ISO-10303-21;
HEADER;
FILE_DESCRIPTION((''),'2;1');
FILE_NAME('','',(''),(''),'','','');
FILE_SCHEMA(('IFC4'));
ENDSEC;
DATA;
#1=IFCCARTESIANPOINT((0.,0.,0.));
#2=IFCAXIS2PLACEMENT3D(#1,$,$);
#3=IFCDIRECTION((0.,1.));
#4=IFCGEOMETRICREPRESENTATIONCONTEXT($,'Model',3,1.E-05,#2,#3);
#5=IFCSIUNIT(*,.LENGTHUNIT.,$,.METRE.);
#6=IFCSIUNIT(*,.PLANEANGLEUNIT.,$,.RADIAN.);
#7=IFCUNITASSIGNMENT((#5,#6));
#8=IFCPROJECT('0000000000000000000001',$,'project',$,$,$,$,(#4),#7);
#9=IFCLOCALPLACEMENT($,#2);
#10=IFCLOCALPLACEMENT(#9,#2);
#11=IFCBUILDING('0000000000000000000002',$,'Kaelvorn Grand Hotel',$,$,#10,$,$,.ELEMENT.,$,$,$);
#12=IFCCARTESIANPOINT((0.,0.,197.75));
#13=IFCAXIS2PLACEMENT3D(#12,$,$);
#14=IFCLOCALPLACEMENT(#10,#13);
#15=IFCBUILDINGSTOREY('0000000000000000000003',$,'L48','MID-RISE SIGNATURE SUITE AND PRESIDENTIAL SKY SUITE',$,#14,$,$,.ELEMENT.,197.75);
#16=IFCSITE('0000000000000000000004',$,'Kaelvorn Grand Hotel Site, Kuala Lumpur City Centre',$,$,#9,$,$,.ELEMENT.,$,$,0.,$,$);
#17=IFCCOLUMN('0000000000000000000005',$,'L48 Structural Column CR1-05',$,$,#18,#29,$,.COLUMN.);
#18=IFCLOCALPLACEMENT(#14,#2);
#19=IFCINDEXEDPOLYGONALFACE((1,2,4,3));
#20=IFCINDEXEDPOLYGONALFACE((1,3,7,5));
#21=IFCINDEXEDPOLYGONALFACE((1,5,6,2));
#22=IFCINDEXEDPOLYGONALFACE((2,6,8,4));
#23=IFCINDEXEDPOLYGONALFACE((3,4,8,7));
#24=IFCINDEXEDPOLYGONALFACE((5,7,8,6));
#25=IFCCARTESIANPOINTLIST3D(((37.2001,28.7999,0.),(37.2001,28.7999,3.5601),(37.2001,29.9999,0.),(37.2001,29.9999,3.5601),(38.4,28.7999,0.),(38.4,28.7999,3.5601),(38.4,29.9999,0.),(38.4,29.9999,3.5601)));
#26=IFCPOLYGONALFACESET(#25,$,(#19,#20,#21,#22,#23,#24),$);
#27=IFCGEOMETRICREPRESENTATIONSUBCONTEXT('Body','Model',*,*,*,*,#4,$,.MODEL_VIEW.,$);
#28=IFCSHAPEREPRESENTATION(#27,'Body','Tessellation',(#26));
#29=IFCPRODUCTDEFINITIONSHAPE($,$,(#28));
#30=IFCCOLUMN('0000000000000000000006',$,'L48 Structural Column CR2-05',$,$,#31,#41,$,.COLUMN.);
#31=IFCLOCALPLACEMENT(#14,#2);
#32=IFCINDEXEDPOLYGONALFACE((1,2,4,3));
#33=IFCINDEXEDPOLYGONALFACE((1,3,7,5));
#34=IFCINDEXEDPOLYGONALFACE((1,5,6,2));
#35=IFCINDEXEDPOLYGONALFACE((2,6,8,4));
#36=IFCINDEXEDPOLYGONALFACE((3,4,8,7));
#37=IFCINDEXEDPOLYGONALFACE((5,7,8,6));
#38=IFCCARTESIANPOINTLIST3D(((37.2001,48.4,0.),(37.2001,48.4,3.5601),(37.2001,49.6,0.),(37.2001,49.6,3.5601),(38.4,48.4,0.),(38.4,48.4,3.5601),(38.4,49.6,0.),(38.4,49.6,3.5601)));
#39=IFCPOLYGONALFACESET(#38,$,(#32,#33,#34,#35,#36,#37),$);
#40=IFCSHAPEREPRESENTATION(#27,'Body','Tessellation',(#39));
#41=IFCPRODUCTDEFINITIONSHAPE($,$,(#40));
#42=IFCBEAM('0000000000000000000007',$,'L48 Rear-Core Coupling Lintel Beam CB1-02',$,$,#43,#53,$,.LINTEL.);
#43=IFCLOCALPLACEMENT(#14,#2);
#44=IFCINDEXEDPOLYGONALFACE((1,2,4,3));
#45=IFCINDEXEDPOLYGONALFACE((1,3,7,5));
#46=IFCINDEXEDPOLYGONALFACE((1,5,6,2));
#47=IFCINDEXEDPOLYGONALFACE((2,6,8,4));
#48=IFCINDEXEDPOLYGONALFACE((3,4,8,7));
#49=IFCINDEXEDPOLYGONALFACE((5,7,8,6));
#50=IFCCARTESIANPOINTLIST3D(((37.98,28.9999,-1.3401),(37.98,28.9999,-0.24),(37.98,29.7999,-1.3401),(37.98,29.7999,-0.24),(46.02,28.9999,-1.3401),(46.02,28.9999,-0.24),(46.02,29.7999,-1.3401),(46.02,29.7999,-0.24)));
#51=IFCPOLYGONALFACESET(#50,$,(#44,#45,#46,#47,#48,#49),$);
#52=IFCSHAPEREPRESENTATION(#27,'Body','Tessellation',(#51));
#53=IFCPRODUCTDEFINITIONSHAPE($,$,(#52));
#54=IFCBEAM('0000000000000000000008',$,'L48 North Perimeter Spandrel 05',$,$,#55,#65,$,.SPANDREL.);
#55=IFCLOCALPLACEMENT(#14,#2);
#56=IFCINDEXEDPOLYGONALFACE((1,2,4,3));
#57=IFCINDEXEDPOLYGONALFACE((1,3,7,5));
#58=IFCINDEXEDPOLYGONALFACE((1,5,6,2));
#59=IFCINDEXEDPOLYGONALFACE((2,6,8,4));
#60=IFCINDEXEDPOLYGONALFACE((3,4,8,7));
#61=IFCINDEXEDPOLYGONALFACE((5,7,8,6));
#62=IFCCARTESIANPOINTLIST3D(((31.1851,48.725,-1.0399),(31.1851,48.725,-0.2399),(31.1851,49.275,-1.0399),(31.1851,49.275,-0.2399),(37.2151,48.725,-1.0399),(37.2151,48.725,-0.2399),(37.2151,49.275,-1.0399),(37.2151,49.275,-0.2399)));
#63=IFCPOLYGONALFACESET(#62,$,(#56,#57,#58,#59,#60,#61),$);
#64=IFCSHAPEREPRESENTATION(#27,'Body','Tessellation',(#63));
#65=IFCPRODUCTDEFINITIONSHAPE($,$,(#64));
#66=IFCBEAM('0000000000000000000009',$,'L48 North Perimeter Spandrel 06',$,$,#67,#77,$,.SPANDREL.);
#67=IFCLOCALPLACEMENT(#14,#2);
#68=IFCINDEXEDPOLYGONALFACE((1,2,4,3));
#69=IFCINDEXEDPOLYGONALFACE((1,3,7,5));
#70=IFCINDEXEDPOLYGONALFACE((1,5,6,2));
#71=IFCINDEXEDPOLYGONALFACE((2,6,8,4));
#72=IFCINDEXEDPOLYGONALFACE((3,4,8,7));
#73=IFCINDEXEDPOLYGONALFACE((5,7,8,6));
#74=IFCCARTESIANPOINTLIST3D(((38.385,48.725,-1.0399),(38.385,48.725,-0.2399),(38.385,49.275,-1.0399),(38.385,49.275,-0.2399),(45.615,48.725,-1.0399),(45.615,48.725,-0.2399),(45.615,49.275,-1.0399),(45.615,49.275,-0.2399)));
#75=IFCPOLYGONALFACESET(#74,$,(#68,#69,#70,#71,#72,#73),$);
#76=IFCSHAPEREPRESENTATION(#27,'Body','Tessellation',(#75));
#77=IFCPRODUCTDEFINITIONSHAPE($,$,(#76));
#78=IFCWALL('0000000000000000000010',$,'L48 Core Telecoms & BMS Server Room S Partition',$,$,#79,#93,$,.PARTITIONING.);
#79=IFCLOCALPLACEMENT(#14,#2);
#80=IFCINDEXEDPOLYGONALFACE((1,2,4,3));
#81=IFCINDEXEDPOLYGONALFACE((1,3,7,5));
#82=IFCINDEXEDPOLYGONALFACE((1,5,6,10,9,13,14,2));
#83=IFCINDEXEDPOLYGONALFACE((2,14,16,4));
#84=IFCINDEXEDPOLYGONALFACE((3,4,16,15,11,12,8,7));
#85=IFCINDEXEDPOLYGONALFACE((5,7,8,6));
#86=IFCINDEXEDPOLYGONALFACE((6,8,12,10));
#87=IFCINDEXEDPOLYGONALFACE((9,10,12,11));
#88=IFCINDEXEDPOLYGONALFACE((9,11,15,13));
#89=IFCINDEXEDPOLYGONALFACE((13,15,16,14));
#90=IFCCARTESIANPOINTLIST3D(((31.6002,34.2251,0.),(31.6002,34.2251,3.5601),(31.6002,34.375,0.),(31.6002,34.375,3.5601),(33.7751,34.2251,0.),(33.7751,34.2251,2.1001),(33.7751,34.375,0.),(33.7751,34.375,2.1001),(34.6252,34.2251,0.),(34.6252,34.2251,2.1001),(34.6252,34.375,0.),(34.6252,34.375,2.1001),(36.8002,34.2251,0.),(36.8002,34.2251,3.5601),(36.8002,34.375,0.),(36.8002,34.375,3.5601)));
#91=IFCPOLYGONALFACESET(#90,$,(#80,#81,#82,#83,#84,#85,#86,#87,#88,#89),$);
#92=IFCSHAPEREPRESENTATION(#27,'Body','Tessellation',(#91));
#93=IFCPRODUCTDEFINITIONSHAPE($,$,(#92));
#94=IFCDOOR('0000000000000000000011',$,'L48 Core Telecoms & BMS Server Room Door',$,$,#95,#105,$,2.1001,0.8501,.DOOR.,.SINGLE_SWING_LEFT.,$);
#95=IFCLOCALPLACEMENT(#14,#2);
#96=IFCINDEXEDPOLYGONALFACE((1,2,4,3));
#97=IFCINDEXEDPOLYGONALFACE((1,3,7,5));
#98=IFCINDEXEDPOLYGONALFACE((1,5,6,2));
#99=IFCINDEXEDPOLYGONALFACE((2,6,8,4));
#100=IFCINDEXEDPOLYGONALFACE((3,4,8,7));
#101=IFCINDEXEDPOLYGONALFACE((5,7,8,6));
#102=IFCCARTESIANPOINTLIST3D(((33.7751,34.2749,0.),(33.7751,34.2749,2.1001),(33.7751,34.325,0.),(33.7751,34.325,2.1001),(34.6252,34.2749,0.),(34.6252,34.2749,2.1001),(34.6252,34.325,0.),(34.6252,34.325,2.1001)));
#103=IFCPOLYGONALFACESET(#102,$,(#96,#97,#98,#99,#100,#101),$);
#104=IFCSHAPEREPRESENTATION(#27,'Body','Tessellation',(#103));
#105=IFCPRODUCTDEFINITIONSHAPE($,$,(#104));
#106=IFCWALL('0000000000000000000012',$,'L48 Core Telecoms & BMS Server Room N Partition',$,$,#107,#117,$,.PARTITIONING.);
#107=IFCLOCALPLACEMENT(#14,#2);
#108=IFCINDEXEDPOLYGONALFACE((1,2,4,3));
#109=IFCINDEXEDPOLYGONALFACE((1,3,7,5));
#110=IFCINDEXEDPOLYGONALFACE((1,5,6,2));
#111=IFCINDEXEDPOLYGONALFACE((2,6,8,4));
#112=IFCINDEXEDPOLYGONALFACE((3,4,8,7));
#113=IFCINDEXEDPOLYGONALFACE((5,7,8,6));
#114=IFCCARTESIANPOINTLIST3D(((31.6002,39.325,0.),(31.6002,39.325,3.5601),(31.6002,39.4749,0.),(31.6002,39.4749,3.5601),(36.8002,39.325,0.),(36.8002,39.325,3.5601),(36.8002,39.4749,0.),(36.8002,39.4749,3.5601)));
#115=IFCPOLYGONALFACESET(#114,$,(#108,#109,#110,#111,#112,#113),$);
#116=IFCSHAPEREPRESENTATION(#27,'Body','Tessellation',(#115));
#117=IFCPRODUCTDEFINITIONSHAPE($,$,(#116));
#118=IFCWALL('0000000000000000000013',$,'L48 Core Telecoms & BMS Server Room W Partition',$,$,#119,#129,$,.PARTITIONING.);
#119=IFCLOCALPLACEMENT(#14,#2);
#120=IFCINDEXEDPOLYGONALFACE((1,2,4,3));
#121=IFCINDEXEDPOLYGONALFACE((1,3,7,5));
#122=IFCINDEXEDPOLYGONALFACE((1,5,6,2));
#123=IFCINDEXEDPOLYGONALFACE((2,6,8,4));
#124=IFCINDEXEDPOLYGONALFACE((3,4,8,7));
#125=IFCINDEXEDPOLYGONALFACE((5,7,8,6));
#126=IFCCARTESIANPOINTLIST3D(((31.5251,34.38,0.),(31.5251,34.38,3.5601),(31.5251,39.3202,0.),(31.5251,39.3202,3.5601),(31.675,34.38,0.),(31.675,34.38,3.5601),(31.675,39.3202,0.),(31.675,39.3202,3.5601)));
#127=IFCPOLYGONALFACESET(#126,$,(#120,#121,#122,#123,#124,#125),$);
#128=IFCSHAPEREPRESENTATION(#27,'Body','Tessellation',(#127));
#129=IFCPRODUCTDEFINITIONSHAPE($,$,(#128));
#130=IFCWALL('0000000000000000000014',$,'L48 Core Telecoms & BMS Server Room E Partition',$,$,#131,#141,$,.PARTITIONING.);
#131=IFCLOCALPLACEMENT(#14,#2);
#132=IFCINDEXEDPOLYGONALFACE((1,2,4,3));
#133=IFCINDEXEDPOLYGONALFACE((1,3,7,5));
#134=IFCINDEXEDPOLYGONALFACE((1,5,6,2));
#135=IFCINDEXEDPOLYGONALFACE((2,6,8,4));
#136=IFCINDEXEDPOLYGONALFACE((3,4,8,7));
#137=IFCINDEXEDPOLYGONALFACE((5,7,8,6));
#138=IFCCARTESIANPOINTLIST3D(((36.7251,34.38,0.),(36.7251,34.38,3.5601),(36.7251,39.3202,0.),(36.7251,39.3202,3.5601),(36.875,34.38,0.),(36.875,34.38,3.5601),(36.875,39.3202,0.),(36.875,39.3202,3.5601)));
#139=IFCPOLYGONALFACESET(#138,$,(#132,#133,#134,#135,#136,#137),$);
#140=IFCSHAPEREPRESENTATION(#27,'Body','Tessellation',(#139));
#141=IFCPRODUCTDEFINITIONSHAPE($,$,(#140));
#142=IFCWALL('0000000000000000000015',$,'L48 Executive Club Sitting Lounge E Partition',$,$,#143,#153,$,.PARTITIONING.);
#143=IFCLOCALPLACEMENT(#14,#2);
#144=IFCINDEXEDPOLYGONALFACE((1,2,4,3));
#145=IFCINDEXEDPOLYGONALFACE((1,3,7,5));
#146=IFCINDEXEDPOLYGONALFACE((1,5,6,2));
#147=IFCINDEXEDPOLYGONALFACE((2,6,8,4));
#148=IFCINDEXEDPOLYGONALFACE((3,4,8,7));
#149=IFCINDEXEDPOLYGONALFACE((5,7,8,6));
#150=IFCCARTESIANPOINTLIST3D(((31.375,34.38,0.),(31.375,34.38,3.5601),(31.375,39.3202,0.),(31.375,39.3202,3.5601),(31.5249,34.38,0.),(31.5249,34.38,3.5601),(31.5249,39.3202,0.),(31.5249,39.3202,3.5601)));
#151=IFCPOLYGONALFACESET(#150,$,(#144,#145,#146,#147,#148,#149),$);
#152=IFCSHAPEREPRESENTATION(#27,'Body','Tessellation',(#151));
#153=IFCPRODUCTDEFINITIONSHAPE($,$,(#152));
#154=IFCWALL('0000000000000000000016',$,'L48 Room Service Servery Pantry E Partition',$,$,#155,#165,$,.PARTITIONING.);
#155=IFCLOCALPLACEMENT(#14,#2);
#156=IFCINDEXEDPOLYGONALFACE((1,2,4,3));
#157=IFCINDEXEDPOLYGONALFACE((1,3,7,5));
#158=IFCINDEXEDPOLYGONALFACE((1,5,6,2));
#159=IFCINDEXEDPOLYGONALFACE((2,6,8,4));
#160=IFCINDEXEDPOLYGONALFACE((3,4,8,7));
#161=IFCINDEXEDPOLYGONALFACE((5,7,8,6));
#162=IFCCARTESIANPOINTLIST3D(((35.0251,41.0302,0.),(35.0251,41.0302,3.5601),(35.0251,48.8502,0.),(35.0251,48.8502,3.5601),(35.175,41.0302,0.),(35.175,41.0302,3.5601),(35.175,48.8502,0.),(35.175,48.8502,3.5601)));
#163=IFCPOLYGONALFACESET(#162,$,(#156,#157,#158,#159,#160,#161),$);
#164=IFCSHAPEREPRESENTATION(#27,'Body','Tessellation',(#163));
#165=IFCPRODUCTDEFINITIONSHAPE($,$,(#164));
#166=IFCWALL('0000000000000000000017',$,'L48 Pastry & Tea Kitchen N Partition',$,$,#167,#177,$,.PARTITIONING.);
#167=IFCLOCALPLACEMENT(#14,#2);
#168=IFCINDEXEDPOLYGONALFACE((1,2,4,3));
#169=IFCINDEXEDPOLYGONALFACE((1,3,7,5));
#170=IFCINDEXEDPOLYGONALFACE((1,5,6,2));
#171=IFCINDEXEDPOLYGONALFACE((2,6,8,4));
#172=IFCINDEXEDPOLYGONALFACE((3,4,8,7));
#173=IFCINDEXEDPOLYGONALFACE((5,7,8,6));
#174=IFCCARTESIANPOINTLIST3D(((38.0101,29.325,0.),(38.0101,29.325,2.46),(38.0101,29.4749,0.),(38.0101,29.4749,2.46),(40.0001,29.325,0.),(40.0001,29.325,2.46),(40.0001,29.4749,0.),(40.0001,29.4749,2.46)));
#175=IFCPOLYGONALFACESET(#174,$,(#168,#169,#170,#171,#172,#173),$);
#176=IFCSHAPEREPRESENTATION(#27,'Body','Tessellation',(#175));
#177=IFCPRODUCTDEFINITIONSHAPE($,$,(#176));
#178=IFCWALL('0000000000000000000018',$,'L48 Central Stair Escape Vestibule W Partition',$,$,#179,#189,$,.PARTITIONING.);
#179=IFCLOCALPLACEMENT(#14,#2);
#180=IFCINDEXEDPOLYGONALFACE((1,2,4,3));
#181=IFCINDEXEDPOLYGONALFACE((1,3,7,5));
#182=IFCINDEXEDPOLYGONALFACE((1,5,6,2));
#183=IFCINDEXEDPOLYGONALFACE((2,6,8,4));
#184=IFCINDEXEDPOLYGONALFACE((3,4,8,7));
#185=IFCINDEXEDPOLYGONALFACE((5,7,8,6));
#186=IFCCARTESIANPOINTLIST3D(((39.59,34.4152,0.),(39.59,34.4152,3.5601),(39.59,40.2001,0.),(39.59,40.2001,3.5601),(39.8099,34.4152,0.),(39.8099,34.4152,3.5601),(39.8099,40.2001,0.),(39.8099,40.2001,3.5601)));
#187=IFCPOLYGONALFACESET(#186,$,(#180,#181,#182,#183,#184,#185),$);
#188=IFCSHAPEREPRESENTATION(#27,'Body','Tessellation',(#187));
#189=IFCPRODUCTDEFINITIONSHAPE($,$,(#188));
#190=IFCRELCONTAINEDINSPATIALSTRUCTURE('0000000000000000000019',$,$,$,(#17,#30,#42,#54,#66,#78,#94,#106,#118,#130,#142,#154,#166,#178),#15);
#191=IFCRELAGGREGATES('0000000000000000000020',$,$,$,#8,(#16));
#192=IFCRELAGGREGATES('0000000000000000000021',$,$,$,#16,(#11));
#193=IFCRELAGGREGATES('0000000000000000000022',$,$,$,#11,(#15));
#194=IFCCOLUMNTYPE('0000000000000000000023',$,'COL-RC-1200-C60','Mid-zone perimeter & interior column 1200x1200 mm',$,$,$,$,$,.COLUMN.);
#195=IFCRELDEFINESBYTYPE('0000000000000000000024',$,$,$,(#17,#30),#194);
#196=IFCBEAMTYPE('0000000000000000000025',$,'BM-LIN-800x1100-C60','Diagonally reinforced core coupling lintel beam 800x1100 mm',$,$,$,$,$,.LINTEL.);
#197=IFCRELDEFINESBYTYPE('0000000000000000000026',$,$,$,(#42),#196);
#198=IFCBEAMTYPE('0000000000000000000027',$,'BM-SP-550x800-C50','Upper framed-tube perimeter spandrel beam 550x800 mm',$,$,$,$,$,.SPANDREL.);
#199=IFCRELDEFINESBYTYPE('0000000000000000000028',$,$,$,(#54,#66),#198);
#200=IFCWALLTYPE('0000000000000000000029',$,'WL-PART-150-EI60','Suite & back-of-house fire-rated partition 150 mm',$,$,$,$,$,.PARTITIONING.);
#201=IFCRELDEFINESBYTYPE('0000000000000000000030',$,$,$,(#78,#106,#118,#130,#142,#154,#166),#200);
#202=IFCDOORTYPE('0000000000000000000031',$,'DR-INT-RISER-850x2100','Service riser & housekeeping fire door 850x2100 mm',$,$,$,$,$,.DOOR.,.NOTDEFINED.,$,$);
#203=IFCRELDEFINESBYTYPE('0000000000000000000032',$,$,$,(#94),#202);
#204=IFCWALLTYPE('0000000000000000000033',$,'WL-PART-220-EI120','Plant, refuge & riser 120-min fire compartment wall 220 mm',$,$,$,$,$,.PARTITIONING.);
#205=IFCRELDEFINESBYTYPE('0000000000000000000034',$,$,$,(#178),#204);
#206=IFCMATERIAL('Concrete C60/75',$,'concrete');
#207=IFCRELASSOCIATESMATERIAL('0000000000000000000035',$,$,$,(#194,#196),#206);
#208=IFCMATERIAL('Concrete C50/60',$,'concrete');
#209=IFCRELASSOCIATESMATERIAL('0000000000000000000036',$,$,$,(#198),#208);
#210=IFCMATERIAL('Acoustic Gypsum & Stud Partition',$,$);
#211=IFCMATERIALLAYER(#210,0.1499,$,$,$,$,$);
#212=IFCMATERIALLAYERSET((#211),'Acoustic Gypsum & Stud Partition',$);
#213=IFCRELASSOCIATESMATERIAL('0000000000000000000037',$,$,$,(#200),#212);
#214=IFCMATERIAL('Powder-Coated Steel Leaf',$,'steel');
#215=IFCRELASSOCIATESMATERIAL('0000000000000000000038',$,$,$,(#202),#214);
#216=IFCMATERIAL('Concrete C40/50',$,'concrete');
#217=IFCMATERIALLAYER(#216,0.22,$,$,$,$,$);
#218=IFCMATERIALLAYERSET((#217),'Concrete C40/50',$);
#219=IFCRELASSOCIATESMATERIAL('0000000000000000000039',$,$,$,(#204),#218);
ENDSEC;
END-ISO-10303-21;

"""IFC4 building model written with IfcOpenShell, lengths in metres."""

from ifc_helpers import new_model, si_unit, direction, frame, frame_2d, origin, origin_2d, place, context, subcontext, project, spatial, rectangle, extrude, material, layer, layer_set, material_profile, profile_set, type_object, element, fill, save


model = new_model("IFC4")

# Units and contexts
model_context = context("Model", 3, precision=1e-05, world=origin(), true_north=direction((0.0, 1.0)))
body_context = subcontext(model_context, "Body", "Model", "MODEL_VIEW")
ifc_project = project(units=[si_unit("LENGTHUNIT", "METRE"), si_unit("PLANEANGLEUNIT", "RADIAN")], contexts=[model_context])

# Site, building, storey
site_placement = place(None, origin())
site = spatial("IfcSite", under=ifc_project, at=site_placement, Name="Kaelvorn Grand Hotel Site, Kuala Lumpur City Centre", CompositionType="ELEMENT", RefElevation=0.0)
building_placement = place(site_placement, origin())
building = spatial("IfcBuilding", under=site, at=building_placement, Name="Kaelvorn Grand Hotel", CompositionType="ELEMENT")
storey_placement = place(building_placement, frame((0.0, 0.0, 197.75)))
storey = spatial("IfcBuildingStorey", under=building, at=storey_placement, Name="L48", Description="MID-RISE SIGNATURE SUITE AND PRESIDENTIAL SKY SUITE", CompositionType="ELEMENT", Elevation=197.75)

# Columns
ifc_material_1 = material(Name="Concrete C60/75", Category="concrete")
ifc_material_profile_1 = material_profile(ifc_material_1, rectangle(XDim=1.2, YDim=1.2, at=origin_2d()), Name="RC COL 1200x1200")
ifc_profile_set_1 = profile_set([ifc_material_profile_1], Name="Concrete C60/75")
column_type = type_object("IfcColumnType", Name="COL-RC-1200-C60", Description="Mid-zone perimeter & interior column 1200x1200 mm", PredefinedType="COLUMN", material=ifc_profile_set_1)
for number, where, z_axis, x_axis, name in (
    (1, (37.8, 29.3999, 0.0), (0.0, 0.0, 1.0), (1.0, 0.0, 0.0), "L48 Structural Column CR1-05"),
    (2, (37.8, 49.0, 0.0), (0.0, 0.0, 1.0), (1.0, 0.0, 0.0), "L48 Structural Column CR2-05"),
):
    element("IfcColumn", number, at=place(storey_placement, frame(where, z_axis=z_axis, x_axis=x_axis)), inside=storey, type_object=column_type, Name=name, PredefinedType="COLUMN", context=body_context, shape_type="SweptSolid", body=[
        extrude(rectangle(XDim=1.2, YDim=1.2, at=origin_2d()), origin(), (0.0, 0.0, 1.0), 3.5601),
    ])

# Beams
ifc_material_profile_2 = material_profile(ifc_material_1, rectangle(XDim=0.8, YDim=1.1001, at=origin_2d()), Name="RC LINTEL 800x1100")
ifc_profile_set_2 = profile_set([ifc_material_profile_2], Name="Concrete C60/75")
beam_type_1 = type_object("IfcBeamType", Name="BM-LIN-800x1100-C60", Description="Diagonally reinforced core coupling lintel beam 800x1100 mm", PredefinedType="LINTEL", material=ifc_profile_set_2)
beam_1_placement = place(storey_placement, frame((37.98, 29.3999, -0.79), z_axis=(1.0, 0.0, 0.0), x_axis=(0.0, 1.0, 0.0)))
element("IfcBeam", 3, at=beam_1_placement, inside=storey, type_object=beam_type_1, Name="L48 Rear-Core Coupling Lintel Beam CB1-02", PredefinedType="LINTEL", context=body_context, shape_type="SweptSolid", body=[
    extrude(rectangle(XDim=0.8, YDim=1.1001, at=origin_2d()), origin(), (0.0, 0.0, 1.0), 8.04),
])
ifc_material_2 = material(Name="Concrete C50/60", Category="concrete")
ifc_material_profile_3 = material_profile(ifc_material_2, rectangle(XDim=0.55, YDim=0.8, at=origin_2d()), Name="RC SPANDREL 550x800")
ifc_profile_set_3 = profile_set([ifc_material_profile_3], Name="Concrete C50/60")
beam_type_2 = type_object("IfcBeamType", Name="BM-SP-550x800-C50", Description="Upper framed-tube perimeter spandrel beam 550x800 mm", PredefinedType="SPANDREL", material=ifc_profile_set_3)
beam_2_placement = place(storey_placement, frame((31.1851, 49.0, -0.6399), z_axis=(1.0, 0.0, 0.0), x_axis=(0.0, 1.0, 0.0)))
element("IfcBeam", 4, at=beam_2_placement, inside=storey, type_object=beam_type_2, Name="L48 North Perimeter Spandrel 05", PredefinedType="SPANDREL", context=body_context, shape_type="SweptSolid", body=[
    extrude(rectangle(XDim=0.55, YDim=0.8, at=origin_2d()), origin(), (0.0, 0.0, 1.0), 6.03),
])
beam_3_placement = place(storey_placement, frame((38.385, 49.0, -0.6399), z_axis=(1.0, 0.0, 0.0), x_axis=(0.0, 1.0, 0.0)))
element("IfcBeam", 5, at=beam_3_placement, inside=storey, type_object=beam_type_2, Name="L48 North Perimeter Spandrel 06", PredefinedType="SPANDREL", context=body_context, shape_type="SweptSolid", body=[
    extrude(rectangle(XDim=0.55, YDim=0.8, at=origin_2d()), origin(), (0.0, 0.0, 1.0), 7.23),
])

# Wall, opening, door
ifc_material_3 = material(Name="Acoustic Gypsum & Stud Partition")
ifc_layer_1 = layer(ifc_material_3, 0.1499)
ifc_layer_set_1 = layer_set([ifc_layer_1], Name="Acoustic Gypsum & Stud Partition")
wall_type_1 = type_object("IfcWallType", Name="WL-PART-150-EI60", Description="Suite & back-of-house fire-rated partition 150 mm", PredefinedType="PARTITIONING", material=ifc_layer_set_1)
wall_1_placement = place(storey_placement, frame((31.6001, 34.3, 0.0), z_axis=(0.0, 0.0, 1.0), x_axis=(1.0, 0.0, 0.0)))
wall_1 = element("IfcWall", 6, at=wall_1_placement, inside=storey, type_object=wall_type_1, Name="L48 Core Telecoms & BMS Server Room S Partition", PredefinedType="PARTITIONING", context=body_context, shape_type="SweptSolid", body=[
    extrude(rectangle(XDim=5.2, YDim=0.1499, at=frame_2d((2.6001, 0.0))), origin(), (0.0, 0.0, 1.0), 3.5601),
])
opening_1_placement = place(wall_1_placement, frame((2.175, 0.0, 0.0)))
opening_1 = element("IfcOpeningElement", 7, at=opening_1_placement, cuts=wall_1, PredefinedType="OPENING", context=body_context, shape_type="SweptSolid", body=[
    extrude(rectangle(XDim=0.8501, YDim=2.1001, at=frame_2d((0.425, 1.05))), frame((0.0, 0.085, 0.0), z_axis=(0.0, -1.0, 0.0), x_axis=(1.0, 0.0, 0.0)), (0.0, 0.0, 1.0), 0.1699),
])
ifc_material_4 = material(Name="Powder-Coated Steel Leaf", Category="steel")
door_type_1 = type_object("IfcDoorType", Name="DR-INT-RISER-850x2100", Description="Service riser & housekeeping fire door 850x2100 mm", OperationType="NOTDEFINED", PredefinedType="DOOR", material=ifc_material_4)
door_1_placement = place(opening_1_placement, origin())
door_1 = element("IfcDoor", 8, at=door_1_placement, inside=storey, type_object=door_type_1, Name="L48 Core Telecoms & BMS Server Room Door", OperationType="SINGLE_SWING_LEFT", OverallHeight=2.1001, OverallWidth=0.8501, PredefinedType="DOOR", context=body_context, shape_type="SweptSolid", body=[
    extrude(rectangle(XDim=0.8501, YDim=2.1001, at=frame_2d((0.425, 1.05))), frame((0.0, 0.0249, 0.0), z_axis=(0.0, -1.0, 0.0), x_axis=(1.0, 0.0, 0.0)), (0.0, 0.0, 1.0), 0.05),
])
fill(opening_1, door_1)

# Walls
wall_2_placement = place(storey_placement, frame((31.6001, 39.3999, 0.0), z_axis=(0.0, 0.0, 1.0), x_axis=(1.0, 0.0, 0.0)))
element("IfcWall", 9, at=wall_2_placement, inside=storey, type_object=wall_type_1, Name="L48 Core Telecoms & BMS Server Room N Partition", PredefinedType="PARTITIONING", context=body_context, shape_type="SweptSolid", body=[
    extrude(rectangle(XDim=5.2, YDim=0.1499, at=frame_2d((2.6001, 0.0))), origin(), (0.0, 0.0, 1.0), 3.5601),
])
for number, where, z_axis, x_axis, name in (
    (10, (31.6001, 34.3799, 0.0), (0.0, 0.0, 1.0), (0.0, 1.0, 0.0), "L48 Core Telecoms & BMS Server Room W Partition"),
    (11, (36.8, 34.3799, 0.0), (0.0, 0.0, 1.0), (0.0, 1.0, 0.0), "L48 Core Telecoms & BMS Server Room E Partition"),
    (12, (31.45, 34.3799, 0.0), (0.0, 0.0, 1.0), (0.0, 1.0, 0.0), "L48 Executive Club Sitting Lounge E Partition"),
):
    element("IfcWall", number, at=place(storey_placement, frame(where, z_axis=z_axis, x_axis=x_axis)), inside=storey, type_object=wall_type_1, Name=name, PredefinedType="PARTITIONING", context=body_context, shape_type="SweptSolid", body=[
        extrude(rectangle(XDim=4.9402, YDim=0.1499, at=frame_2d((2.4702, 0.0))), origin(), (0.0, 0.0, 1.0), 3.5601),
    ])
wall_3_placement = place(storey_placement, frame((35.1001, 41.03, 0.0), z_axis=(0.0, 0.0, 1.0), x_axis=(0.0, 1.0, 0.0)))
element("IfcWall", 13, at=wall_3_placement, inside=storey, type_object=wall_type_1, Name="L48 Room Service Servery Pantry E Partition", PredefinedType="PARTITIONING", context=body_context, shape_type="SweptSolid", body=[
    extrude(rectangle(XDim=7.8201, YDim=0.1499, at=frame_2d((3.9102, 0.0))), origin(), (0.0, 0.0, 1.0), 3.5601),
])
wall_4_placement = place(storey_placement, frame((38.01, 29.3999, 0.0), z_axis=(0.0, 0.0, 1.0), x_axis=(1.0, 0.0, 0.0)))
element("IfcWall", 14, at=wall_4_placement, inside=storey, type_object=wall_type_1, Name="L48 Pastry & Tea Kitchen N Partition", PredefinedType="PARTITIONING", context=body_context, shape_type="SweptSolid", body=[
    extrude(rectangle(XDim=1.99, YDim=0.1499, at=frame_2d((0.9951, 0.0))), origin(), (0.0, 0.0, 1.0), 2.46),
])

# Shared definitions
ifc_material_5 = material(Name="Concrete C40/50", Category="concrete")
ifc_layer_2 = layer(ifc_material_5, 0.22)
ifc_layer_set_2 = layer_set([ifc_layer_2], Name="Concrete C40/50")
wall_type_2 = type_object("IfcWallType", Name="WL-PART-220-EI120", Description="Plant, refuge & riser 120-min fire compartment wall 220 mm", PredefinedType="PARTITIONING", material=ifc_layer_set_2)

# Wall
wall_5_placement = place(storey_placement, frame((39.7, 34.415, 0.0), z_axis=(0.0, 0.0, 1.0), x_axis=(0.0, 1.0, 0.0)))
element("IfcWall", 15, at=wall_5_placement, inside=storey, type_object=wall_type_2, Name="L48 Central Stair Escape Vestibule W Partition", PredefinedType="PARTITIONING", context=body_context, shape_type="SweptSolid", body=[
    extrude(rectangle(XDim=5.7849, YDim=0.22, at=frame_2d((2.8926, 0.0))), origin(), (0.0, 0.0, 1.0), 3.5601),
])

save(model, "model.ifc")
